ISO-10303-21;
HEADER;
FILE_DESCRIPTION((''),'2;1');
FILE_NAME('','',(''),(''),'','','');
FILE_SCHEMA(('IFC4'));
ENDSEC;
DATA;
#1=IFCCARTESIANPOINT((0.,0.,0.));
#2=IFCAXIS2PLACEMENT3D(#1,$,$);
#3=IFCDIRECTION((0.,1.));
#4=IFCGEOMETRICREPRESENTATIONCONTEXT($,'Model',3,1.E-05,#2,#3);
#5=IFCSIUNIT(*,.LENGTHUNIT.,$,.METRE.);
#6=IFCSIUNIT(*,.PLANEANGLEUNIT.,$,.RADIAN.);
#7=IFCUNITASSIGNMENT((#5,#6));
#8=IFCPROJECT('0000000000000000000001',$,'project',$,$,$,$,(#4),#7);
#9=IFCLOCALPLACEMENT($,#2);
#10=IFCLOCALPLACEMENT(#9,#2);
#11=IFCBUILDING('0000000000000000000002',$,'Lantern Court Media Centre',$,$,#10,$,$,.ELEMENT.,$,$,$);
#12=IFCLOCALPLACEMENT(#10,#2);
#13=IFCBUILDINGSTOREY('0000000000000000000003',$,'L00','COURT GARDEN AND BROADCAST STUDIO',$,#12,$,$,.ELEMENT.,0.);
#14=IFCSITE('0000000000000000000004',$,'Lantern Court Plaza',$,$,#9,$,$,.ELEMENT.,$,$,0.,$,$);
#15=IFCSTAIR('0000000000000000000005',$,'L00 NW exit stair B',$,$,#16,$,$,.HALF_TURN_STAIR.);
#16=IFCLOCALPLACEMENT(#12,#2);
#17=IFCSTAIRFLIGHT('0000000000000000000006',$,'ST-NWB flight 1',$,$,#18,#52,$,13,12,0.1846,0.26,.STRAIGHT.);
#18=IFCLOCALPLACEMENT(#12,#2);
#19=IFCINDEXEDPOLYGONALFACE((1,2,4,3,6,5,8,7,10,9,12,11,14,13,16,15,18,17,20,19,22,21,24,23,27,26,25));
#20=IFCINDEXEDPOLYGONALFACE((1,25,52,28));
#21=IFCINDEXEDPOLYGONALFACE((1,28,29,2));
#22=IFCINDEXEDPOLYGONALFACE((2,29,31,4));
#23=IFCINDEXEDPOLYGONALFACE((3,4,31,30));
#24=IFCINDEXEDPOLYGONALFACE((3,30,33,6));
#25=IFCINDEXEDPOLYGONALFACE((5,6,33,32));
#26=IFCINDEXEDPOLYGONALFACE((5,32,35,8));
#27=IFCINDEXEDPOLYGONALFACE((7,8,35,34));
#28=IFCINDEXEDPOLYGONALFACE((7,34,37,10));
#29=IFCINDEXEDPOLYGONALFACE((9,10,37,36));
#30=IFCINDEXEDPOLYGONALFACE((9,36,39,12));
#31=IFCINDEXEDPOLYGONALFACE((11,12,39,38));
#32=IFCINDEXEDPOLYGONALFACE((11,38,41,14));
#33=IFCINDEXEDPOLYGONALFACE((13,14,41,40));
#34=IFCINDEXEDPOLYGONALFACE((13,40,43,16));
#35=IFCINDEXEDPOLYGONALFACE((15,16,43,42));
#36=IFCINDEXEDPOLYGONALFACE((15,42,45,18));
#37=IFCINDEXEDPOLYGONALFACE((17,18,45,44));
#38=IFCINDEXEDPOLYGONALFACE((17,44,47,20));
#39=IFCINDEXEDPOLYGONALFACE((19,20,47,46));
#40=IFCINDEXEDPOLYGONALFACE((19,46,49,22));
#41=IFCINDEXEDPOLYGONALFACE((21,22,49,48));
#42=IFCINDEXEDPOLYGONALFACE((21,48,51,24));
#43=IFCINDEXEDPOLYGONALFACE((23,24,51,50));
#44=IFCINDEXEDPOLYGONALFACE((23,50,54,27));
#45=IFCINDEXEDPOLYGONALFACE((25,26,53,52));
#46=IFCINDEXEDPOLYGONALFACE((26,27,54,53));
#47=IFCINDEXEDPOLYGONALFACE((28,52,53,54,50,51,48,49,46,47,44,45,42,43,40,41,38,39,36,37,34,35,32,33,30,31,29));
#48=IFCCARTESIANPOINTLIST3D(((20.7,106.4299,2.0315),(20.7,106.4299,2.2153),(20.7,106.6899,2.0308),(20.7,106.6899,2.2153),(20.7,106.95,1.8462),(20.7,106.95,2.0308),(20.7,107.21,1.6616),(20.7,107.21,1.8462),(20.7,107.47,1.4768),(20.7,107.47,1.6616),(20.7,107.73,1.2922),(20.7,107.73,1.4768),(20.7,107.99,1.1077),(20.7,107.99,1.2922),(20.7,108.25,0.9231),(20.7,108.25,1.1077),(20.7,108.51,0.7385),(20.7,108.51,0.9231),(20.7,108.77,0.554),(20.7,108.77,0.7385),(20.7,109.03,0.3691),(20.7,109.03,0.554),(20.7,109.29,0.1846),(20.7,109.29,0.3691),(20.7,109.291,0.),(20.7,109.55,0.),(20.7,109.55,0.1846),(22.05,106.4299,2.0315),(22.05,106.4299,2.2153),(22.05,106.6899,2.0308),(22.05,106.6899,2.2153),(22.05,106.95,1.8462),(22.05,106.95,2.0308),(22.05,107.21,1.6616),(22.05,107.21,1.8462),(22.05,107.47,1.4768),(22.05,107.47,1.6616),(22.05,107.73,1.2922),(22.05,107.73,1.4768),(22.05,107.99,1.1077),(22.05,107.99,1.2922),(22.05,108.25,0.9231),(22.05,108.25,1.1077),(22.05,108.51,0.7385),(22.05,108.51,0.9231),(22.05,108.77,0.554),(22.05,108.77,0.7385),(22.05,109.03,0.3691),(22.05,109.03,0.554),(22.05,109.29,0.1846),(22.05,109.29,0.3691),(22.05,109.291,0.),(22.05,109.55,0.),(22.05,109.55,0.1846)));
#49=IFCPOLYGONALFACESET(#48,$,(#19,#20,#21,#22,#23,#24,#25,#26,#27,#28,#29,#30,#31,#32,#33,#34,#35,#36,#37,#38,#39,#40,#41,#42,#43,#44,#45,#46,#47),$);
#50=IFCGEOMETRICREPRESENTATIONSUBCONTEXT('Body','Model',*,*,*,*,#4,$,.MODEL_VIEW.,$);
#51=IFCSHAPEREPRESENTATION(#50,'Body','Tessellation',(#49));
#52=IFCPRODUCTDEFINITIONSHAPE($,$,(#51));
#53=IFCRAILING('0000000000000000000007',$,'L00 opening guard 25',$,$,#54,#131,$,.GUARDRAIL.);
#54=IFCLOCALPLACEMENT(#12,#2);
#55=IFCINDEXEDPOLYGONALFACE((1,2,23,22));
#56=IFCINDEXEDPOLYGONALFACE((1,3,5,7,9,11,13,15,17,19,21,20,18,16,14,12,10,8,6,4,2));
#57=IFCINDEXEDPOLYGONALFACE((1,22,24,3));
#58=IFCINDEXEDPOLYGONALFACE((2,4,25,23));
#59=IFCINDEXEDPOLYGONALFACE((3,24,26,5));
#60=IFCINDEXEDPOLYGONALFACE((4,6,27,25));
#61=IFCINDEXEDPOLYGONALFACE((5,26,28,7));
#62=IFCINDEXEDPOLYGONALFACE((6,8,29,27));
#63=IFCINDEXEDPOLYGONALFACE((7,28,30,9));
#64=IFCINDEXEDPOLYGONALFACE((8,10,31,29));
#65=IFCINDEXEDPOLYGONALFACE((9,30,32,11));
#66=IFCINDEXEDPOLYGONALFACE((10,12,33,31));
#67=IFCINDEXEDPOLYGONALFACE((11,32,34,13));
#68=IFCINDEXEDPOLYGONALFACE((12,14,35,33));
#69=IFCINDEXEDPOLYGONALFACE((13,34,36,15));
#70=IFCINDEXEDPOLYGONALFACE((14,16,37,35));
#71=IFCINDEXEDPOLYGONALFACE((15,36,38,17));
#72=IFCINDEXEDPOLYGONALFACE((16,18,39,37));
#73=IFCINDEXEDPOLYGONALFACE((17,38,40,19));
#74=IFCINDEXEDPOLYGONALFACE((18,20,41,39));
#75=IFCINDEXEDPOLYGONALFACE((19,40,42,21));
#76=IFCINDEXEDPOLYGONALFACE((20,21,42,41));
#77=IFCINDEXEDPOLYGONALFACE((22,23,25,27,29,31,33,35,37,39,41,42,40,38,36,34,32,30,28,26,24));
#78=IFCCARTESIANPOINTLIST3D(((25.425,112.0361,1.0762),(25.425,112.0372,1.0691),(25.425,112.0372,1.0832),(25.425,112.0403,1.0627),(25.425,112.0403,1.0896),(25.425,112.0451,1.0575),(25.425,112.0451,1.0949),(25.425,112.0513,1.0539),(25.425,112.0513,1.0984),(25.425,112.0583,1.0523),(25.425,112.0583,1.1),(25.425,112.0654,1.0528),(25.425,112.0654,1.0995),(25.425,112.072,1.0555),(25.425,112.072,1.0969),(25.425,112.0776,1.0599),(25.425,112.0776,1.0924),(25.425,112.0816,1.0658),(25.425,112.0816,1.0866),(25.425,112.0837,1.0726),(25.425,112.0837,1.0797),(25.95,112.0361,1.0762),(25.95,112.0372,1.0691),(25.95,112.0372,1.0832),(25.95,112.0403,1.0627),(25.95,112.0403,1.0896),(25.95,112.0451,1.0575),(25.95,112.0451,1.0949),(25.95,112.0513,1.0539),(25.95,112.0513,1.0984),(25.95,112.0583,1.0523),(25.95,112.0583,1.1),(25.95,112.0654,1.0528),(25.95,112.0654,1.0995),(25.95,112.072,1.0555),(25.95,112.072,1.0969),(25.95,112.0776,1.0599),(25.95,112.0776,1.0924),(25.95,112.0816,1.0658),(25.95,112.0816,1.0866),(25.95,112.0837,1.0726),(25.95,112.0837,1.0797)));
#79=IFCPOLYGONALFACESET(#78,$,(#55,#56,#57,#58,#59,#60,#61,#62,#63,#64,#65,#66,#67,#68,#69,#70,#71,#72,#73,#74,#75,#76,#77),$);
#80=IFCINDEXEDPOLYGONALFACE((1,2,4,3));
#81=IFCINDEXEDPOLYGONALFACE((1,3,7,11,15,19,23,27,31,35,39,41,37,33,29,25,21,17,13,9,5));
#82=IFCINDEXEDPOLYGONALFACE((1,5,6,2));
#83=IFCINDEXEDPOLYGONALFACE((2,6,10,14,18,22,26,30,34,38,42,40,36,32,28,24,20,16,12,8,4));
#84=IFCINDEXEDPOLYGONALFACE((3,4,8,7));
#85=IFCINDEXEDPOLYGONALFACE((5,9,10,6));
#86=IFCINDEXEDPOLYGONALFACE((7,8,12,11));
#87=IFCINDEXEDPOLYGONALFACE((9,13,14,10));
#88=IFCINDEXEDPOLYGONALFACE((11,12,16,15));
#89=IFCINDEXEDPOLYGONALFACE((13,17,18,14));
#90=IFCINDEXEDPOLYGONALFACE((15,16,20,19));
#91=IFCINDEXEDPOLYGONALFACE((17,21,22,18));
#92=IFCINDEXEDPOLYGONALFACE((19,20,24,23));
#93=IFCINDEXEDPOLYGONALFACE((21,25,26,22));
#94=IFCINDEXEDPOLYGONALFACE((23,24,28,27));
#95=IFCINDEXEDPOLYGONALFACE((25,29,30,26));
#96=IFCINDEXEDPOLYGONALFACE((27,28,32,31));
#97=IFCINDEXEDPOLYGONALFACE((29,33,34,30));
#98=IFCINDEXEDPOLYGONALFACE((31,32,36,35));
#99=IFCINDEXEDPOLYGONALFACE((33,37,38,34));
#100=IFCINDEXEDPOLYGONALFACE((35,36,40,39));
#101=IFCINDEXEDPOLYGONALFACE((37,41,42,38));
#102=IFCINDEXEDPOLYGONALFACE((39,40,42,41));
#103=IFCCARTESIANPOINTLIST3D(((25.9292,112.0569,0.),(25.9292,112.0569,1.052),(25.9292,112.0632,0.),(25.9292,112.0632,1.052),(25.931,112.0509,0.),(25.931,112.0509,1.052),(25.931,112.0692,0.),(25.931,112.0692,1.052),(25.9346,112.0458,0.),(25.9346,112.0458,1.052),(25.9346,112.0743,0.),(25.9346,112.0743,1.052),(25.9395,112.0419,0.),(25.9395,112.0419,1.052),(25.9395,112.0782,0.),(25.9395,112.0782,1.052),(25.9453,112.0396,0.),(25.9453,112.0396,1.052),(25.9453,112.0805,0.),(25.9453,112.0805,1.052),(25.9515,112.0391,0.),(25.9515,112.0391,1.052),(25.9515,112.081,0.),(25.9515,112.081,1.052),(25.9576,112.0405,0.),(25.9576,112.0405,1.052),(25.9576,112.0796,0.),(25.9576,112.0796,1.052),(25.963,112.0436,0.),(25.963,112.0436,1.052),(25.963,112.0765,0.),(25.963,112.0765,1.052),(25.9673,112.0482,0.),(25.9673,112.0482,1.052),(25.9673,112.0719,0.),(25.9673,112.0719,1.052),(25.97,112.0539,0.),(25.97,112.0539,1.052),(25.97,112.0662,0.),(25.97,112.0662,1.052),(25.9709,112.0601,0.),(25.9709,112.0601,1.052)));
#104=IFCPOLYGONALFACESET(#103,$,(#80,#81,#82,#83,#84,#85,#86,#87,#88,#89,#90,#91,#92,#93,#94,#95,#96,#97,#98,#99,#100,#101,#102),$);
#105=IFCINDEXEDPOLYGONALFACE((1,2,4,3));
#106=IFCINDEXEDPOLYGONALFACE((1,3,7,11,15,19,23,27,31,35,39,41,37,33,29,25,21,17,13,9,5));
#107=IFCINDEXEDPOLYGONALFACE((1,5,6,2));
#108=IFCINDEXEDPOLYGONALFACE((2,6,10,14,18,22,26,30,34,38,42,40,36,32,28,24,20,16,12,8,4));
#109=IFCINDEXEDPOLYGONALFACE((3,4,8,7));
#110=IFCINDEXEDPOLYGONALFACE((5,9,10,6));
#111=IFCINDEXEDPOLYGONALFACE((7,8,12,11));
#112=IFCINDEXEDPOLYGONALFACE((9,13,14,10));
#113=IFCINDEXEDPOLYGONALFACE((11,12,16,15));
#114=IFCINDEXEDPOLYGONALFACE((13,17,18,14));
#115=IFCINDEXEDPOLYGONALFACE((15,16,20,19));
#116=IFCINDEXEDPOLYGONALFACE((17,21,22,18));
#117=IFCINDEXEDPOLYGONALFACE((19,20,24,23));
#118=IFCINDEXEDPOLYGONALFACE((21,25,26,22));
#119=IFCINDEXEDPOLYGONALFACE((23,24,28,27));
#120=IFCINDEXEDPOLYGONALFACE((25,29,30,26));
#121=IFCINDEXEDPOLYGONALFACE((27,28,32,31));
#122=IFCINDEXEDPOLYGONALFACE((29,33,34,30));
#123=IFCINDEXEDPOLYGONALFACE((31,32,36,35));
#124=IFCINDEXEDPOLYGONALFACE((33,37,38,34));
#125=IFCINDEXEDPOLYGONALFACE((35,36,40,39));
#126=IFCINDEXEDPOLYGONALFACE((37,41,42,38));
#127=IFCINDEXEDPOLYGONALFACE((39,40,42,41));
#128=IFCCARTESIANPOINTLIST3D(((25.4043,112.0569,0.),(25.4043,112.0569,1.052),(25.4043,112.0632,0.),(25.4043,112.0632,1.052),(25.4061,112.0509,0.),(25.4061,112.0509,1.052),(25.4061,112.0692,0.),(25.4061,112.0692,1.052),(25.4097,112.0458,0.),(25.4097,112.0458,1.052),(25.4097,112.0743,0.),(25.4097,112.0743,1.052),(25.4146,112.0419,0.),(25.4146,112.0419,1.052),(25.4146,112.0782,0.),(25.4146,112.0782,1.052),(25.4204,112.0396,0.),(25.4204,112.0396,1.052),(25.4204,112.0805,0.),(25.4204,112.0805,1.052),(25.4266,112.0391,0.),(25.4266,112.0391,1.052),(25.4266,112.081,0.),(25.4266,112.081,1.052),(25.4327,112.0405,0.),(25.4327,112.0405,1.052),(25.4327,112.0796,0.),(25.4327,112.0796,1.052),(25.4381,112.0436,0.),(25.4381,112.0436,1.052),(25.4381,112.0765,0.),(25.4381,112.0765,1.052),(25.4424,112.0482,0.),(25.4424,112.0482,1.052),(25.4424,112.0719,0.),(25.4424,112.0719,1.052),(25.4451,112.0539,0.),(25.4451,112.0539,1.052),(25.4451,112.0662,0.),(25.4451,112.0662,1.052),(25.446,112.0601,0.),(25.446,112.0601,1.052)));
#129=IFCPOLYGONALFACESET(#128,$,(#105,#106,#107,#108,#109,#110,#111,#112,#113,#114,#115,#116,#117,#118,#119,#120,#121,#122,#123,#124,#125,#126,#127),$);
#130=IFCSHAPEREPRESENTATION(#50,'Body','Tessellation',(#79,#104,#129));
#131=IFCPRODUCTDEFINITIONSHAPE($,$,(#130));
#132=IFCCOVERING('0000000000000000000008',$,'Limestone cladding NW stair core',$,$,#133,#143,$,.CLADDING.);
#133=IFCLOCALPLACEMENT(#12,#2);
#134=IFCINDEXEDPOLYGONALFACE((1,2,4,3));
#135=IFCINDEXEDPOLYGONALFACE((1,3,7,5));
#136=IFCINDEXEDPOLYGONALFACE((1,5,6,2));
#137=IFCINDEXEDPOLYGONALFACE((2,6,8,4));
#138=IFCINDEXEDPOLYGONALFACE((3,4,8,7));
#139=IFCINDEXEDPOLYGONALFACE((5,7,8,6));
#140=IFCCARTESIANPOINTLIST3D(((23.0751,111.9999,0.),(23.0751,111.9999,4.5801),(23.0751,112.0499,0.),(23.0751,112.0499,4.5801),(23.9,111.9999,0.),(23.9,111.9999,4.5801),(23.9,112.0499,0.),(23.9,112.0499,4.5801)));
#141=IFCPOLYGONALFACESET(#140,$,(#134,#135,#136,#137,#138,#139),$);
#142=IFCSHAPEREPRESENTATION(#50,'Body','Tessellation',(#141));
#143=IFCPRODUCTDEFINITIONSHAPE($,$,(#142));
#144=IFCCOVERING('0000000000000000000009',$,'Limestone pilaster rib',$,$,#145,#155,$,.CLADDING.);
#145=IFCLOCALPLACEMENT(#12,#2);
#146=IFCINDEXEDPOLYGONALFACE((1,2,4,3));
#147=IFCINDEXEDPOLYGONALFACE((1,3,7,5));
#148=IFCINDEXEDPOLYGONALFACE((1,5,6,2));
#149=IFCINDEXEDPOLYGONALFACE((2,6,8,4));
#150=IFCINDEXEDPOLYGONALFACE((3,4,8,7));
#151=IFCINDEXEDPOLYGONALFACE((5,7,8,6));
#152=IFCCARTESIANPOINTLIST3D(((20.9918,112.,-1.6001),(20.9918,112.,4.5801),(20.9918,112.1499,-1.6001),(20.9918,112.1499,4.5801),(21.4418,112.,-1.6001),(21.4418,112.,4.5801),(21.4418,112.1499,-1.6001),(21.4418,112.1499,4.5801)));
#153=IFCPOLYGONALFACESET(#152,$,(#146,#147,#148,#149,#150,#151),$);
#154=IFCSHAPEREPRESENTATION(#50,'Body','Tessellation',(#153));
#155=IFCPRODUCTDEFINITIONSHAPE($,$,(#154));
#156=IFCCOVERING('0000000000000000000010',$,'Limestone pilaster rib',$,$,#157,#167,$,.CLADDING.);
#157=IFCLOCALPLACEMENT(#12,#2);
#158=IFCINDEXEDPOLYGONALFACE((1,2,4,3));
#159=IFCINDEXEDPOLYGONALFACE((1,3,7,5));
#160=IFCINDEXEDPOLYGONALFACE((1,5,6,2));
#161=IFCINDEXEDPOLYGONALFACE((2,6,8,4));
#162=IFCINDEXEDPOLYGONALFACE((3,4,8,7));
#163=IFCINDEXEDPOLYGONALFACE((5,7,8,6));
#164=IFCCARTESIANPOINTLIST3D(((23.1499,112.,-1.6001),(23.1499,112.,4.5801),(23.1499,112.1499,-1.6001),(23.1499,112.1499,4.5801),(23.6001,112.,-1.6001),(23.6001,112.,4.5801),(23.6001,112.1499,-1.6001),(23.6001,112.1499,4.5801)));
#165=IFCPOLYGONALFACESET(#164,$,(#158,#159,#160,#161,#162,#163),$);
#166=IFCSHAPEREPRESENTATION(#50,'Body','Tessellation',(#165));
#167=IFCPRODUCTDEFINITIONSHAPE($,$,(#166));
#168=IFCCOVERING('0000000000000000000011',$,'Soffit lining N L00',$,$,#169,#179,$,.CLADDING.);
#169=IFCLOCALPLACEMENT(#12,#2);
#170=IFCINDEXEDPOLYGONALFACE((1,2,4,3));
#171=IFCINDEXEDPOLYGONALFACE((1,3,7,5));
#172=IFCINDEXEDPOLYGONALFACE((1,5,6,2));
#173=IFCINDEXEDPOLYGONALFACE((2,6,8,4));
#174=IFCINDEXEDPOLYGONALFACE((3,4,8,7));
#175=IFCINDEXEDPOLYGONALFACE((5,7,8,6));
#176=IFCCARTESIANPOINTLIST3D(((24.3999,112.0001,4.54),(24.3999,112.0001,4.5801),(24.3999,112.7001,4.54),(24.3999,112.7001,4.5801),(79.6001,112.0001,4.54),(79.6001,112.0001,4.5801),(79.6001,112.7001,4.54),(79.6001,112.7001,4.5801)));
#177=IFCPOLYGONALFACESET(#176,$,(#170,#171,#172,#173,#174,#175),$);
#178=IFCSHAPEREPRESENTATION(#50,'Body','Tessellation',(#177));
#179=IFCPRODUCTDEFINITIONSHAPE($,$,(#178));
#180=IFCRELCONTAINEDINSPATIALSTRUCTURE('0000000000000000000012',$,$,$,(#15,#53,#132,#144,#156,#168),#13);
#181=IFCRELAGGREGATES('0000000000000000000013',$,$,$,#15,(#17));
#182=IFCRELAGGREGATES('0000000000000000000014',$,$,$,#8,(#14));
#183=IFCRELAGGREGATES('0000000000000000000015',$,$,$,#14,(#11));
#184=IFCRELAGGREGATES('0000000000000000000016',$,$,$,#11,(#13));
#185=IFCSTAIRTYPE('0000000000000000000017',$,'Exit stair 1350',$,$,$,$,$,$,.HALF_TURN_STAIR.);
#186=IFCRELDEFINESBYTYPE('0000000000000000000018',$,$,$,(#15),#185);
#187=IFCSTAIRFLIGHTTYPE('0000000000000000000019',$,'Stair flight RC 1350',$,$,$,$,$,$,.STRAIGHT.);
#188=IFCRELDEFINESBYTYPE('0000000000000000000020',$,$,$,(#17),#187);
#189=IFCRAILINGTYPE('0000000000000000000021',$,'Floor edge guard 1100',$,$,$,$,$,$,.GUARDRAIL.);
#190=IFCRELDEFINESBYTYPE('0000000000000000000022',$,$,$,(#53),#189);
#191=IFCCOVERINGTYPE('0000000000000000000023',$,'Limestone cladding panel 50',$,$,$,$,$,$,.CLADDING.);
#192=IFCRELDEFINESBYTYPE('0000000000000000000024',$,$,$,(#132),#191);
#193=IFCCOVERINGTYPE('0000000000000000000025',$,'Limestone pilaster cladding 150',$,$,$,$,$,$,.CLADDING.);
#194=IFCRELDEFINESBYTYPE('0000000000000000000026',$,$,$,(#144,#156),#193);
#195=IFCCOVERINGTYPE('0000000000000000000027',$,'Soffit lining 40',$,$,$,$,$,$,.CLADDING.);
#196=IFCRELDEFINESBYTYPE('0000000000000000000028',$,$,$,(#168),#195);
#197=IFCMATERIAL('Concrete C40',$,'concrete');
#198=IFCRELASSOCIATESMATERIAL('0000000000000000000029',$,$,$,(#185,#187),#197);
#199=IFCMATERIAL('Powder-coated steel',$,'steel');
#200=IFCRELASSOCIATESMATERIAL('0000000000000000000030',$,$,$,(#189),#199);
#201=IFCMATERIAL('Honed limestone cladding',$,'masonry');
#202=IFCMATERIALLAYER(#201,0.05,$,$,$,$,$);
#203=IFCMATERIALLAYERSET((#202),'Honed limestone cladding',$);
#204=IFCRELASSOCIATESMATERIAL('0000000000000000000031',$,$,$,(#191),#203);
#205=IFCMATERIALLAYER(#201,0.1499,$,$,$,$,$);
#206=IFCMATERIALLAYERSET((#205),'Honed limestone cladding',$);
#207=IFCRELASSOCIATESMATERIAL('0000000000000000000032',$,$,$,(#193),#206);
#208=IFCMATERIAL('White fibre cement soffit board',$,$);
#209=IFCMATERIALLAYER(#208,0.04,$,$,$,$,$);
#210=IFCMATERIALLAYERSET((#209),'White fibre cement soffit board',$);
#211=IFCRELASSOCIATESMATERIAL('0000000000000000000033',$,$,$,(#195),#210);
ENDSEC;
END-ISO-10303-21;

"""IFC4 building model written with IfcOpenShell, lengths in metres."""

from ifc_helpers import new_model, si_unit, direction, frame, frame_2d, origin, origin_2d, place, context, subcontext, project, spatial, polyline, rectangle, circle, outline, extrude, material, layer, layer_set, type_object, element, aggregate, save


model = new_model("IFC4")

# Units and contexts
model_context = context("Model", 3, precision=1e-05, world=origin(), true_north=direction((0.0, 1.0)))
body_context = subcontext(model_context, "Body", "Model", "MODEL_VIEW")
ifc_project = project(units=[si_unit("LENGTHUNIT", "METRE"), si_unit("PLANEANGLEUNIT", "RADIAN")], contexts=[model_context])

# Site, building, storey
site_placement = place(None, origin())
site = spatial("IfcSite", under=ifc_project, at=site_placement, Name="Lantern Court Plaza", CompositionType="ELEMENT", RefElevation=0.0)
building_placement = place(site_placement, origin())
building = spatial("IfcBuilding", under=site, at=building_placement, Name="Lantern Court Media Centre", CompositionType="ELEMENT")
storey_placement = place(building_placement, origin())
storey = spatial("IfcBuildingStorey", under=building, at=storey_placement, Name="L00", Description="COURT GARDEN AND BROADCAST STUDIO", CompositionType="ELEMENT", Elevation=0.0)

# Shared definitions
ifc_material_1 = material(Name="Concrete C40", Category="concrete")

# Stair, stair flight
stair_type = type_object("IfcStairType", Name="Exit stair 1350", PredefinedType="HALF_TURN_STAIR", material=ifc_material_1)
stair_placement = place(storey_placement, origin())
stair = element("IfcStair", 1, at=stair_placement, inside=storey, type_object=stair_type, Name="L00 NW exit stair B", PredefinedType="HALF_TURN_STAIR")
stair_flight_type = type_object("IfcStairFlightType", Name="Stair flight RC 1350", PredefinedType="STRAIGHT", material=ifc_material_1)
stair_flight_placement = place(storey_placement, frame((21.375, 109.55, 0.0), z_axis=(0.0, 0.0, 1.0), x_axis=(0.0, -1.0, 0.0)))
stair_flight = element("IfcStairFlight", 2, at=stair_flight_placement, type_object=stair_flight_type, Name="ST-NWB flight 1", NumberOfRisers=13, NumberOfTreads=12, PredefinedType="STRAIGHT", RiserHeight=0.1846, TreadLength=0.26, context=body_context, shape_type="SweptSolid", body=[
    extrude(outline(polyline([(0.0, 0.0), (0.0, 0.1846), (0.26, 0.1846), (0.26, 0.3691), (0.52, 0.3691), (0.52, 0.554), (0.78, 0.554), (0.78, 0.7385), (1.04, 0.7385), (1.04, 0.9231), (1.3, 0.9231), (1.3, 1.1077), (1.5601, 1.1077), (1.5601, 1.2922), (1.8201, 1.2922), (1.8201, 1.4768), (2.0801, 1.4768), (2.0801, 1.6616), (2.3401, 1.6616), (2.3401, 1.8462), (2.6001, 1.8462), (2.6001, 2.0308), (2.8601, 2.0308), (2.8601, 2.2153), (3.1201, 2.2153), (3.1201, 2.3999), (3.1201, 2.0315), (0.259, 0.0), (0.0, 0.0)])), frame((0.0, 0.675, 0.0), z_axis=(0.0, -1.0, 0.0), x_axis=(1.0, 0.0, 0.0)), (0.0, 0.0, 1.0), 1.3501),
])
aggregate(stair, [stair_flight])

# Railing
ifc_material_2 = material(Name="Powder-coated steel", Category="steel")
railing_type_1 = type_object("IfcRailingType", Name="Floor edge guard 1100", PredefinedType="GUARDRAIL", material=ifc_material_2)
railing_1_placement = place(storey_placement, frame((25.95, 112.0601, 0.0)))
element("IfcRailing", 3, at=railing_1_placement, inside=storey, type_object=railing_type_1, Name="L00 opening guard 25", PredefinedType="GUARDRAIL", context=body_context, shape_type="SweptSolid", body=[
    extrude(circle(Radius=0.0239, at=origin_2d()), frame((0.0, 0.0, 1.0762), z_axis=(-1.0, 0.0, 0.0), x_axis=(0.0, -1.0, 0.0)), (0.0, 0.0, 1.0), 0.5249),
    extrude(circle(Radius=0.021, at=origin_2d()), origin(), (0.0, 0.0, 1.0), 1.052),
    extrude(circle(Radius=0.021, at=origin_2d()), frame((-0.5249, 0.0, 0.0)), (0.0, 0.0, 1.0), 1.052),
])

# Coverings
ifc_material_3 = material(Name="Honed limestone cladding", Category="masonry")
ifc_layer_1 = layer(ifc_material_3, 0.05)
ifc_layer_set_1 = layer_set([ifc_layer_1], Name="Honed limestone cladding")
covering_type_1 = type_object("IfcCoveringType", Name="Limestone cladding panel 50", PredefinedType="CLADDING", material=ifc_layer_set_1)
covering_1_placement = place(storey_placement, frame((23.075, 112.0249, 0.0), z_axis=(0.0, 0.0, 1.0), x_axis=(1.0, 0.0, 0.0)))
element("IfcCovering", 4, at=covering_1_placement, inside=storey, type_object=covering_type_1, Name="Limestone cladding NW stair core", PredefinedType="CLADDING", context=body_context, shape_type="SweptSolid", body=[
    extrude(rectangle(XDim=0.825, YDim=0.05, at=frame_2d((0.4126, 0.0))), origin(), (0.0, 0.0, 1.0), 4.5801),
])
ifc_layer_2 = layer(ifc_material_3, 0.1499)
ifc_layer_set_2 = layer_set([ifc_layer_2], Name="Honed limestone cladding")
covering_type_2 = type_object("IfcCoveringType", Name="Limestone pilaster cladding 150", PredefinedType="CLADDING", material=ifc_layer_set_2)
covering_2_placement = place(storey_placement, frame((20.9917, 112.075, -1.6001), z_axis=(0.0, 0.0, 1.0), x_axis=(1.0, 0.0, 0.0)))
element("IfcCovering", 5, at=covering_2_placement, inside=storey, type_object=covering_type_2, Name="Limestone pilaster rib", PredefinedType="CLADDING", context=body_context, shape_type="SweptSolid", body=[
    extrude(rectangle(XDim=0.45, YDim=0.1499, at=frame_2d((0.2251, 0.0))), origin(), (0.0, 0.0, 1.0), 6.1802),
])
covering_3_placement = place(storey_placement, frame((23.1499, 112.075, -1.6001), z_axis=(0.0, 0.0, 1.0), x_axis=(1.0, 0.0, 0.0)))
element("IfcCovering", 6, at=covering_3_placement, inside=storey, type_object=covering_type_2, Name="Limestone pilaster rib", PredefinedType="CLADDING", context=body_context, shape_type="SweptSolid", body=[
    extrude(rectangle(XDim=0.4502, YDim=0.1499, at=frame_2d((0.2251, 0.0))), origin(), (0.0, 0.0, 1.0), 6.1802),
])
ifc_material_4 = material(Name="White fibre cement soffit board")
ifc_layer_3 = layer(ifc_material_4, 0.04)
ifc_layer_set_3 = layer_set([ifc_layer_3], Name="White fibre cement soffit board")
covering_type_3 = type_object("IfcCoveringType", Name="Soffit lining 40", PredefinedType="CLADDING", material=ifc_layer_set_3)
covering_4_placement = place(storey_placement, frame((24.3999, 112.3501, 4.54), z_axis=(0.0, 0.0, 1.0), x_axis=(1.0, 0.0, 0.0)))
element("IfcCovering", 7, at=covering_4_placement, inside=storey, type_object=covering_type_3, Name="Soffit lining N L00", PredefinedType="CLADDING", context=body_context, shape_type="SweptSolid", body=[
    extrude(rectangle(XDim=55.2002, YDim=0.7, at=frame_2d((27.6001, 0.0))), origin(), (0.0, 0.0, 1.0), 0.04),
])

save(model, "model.ifc")
